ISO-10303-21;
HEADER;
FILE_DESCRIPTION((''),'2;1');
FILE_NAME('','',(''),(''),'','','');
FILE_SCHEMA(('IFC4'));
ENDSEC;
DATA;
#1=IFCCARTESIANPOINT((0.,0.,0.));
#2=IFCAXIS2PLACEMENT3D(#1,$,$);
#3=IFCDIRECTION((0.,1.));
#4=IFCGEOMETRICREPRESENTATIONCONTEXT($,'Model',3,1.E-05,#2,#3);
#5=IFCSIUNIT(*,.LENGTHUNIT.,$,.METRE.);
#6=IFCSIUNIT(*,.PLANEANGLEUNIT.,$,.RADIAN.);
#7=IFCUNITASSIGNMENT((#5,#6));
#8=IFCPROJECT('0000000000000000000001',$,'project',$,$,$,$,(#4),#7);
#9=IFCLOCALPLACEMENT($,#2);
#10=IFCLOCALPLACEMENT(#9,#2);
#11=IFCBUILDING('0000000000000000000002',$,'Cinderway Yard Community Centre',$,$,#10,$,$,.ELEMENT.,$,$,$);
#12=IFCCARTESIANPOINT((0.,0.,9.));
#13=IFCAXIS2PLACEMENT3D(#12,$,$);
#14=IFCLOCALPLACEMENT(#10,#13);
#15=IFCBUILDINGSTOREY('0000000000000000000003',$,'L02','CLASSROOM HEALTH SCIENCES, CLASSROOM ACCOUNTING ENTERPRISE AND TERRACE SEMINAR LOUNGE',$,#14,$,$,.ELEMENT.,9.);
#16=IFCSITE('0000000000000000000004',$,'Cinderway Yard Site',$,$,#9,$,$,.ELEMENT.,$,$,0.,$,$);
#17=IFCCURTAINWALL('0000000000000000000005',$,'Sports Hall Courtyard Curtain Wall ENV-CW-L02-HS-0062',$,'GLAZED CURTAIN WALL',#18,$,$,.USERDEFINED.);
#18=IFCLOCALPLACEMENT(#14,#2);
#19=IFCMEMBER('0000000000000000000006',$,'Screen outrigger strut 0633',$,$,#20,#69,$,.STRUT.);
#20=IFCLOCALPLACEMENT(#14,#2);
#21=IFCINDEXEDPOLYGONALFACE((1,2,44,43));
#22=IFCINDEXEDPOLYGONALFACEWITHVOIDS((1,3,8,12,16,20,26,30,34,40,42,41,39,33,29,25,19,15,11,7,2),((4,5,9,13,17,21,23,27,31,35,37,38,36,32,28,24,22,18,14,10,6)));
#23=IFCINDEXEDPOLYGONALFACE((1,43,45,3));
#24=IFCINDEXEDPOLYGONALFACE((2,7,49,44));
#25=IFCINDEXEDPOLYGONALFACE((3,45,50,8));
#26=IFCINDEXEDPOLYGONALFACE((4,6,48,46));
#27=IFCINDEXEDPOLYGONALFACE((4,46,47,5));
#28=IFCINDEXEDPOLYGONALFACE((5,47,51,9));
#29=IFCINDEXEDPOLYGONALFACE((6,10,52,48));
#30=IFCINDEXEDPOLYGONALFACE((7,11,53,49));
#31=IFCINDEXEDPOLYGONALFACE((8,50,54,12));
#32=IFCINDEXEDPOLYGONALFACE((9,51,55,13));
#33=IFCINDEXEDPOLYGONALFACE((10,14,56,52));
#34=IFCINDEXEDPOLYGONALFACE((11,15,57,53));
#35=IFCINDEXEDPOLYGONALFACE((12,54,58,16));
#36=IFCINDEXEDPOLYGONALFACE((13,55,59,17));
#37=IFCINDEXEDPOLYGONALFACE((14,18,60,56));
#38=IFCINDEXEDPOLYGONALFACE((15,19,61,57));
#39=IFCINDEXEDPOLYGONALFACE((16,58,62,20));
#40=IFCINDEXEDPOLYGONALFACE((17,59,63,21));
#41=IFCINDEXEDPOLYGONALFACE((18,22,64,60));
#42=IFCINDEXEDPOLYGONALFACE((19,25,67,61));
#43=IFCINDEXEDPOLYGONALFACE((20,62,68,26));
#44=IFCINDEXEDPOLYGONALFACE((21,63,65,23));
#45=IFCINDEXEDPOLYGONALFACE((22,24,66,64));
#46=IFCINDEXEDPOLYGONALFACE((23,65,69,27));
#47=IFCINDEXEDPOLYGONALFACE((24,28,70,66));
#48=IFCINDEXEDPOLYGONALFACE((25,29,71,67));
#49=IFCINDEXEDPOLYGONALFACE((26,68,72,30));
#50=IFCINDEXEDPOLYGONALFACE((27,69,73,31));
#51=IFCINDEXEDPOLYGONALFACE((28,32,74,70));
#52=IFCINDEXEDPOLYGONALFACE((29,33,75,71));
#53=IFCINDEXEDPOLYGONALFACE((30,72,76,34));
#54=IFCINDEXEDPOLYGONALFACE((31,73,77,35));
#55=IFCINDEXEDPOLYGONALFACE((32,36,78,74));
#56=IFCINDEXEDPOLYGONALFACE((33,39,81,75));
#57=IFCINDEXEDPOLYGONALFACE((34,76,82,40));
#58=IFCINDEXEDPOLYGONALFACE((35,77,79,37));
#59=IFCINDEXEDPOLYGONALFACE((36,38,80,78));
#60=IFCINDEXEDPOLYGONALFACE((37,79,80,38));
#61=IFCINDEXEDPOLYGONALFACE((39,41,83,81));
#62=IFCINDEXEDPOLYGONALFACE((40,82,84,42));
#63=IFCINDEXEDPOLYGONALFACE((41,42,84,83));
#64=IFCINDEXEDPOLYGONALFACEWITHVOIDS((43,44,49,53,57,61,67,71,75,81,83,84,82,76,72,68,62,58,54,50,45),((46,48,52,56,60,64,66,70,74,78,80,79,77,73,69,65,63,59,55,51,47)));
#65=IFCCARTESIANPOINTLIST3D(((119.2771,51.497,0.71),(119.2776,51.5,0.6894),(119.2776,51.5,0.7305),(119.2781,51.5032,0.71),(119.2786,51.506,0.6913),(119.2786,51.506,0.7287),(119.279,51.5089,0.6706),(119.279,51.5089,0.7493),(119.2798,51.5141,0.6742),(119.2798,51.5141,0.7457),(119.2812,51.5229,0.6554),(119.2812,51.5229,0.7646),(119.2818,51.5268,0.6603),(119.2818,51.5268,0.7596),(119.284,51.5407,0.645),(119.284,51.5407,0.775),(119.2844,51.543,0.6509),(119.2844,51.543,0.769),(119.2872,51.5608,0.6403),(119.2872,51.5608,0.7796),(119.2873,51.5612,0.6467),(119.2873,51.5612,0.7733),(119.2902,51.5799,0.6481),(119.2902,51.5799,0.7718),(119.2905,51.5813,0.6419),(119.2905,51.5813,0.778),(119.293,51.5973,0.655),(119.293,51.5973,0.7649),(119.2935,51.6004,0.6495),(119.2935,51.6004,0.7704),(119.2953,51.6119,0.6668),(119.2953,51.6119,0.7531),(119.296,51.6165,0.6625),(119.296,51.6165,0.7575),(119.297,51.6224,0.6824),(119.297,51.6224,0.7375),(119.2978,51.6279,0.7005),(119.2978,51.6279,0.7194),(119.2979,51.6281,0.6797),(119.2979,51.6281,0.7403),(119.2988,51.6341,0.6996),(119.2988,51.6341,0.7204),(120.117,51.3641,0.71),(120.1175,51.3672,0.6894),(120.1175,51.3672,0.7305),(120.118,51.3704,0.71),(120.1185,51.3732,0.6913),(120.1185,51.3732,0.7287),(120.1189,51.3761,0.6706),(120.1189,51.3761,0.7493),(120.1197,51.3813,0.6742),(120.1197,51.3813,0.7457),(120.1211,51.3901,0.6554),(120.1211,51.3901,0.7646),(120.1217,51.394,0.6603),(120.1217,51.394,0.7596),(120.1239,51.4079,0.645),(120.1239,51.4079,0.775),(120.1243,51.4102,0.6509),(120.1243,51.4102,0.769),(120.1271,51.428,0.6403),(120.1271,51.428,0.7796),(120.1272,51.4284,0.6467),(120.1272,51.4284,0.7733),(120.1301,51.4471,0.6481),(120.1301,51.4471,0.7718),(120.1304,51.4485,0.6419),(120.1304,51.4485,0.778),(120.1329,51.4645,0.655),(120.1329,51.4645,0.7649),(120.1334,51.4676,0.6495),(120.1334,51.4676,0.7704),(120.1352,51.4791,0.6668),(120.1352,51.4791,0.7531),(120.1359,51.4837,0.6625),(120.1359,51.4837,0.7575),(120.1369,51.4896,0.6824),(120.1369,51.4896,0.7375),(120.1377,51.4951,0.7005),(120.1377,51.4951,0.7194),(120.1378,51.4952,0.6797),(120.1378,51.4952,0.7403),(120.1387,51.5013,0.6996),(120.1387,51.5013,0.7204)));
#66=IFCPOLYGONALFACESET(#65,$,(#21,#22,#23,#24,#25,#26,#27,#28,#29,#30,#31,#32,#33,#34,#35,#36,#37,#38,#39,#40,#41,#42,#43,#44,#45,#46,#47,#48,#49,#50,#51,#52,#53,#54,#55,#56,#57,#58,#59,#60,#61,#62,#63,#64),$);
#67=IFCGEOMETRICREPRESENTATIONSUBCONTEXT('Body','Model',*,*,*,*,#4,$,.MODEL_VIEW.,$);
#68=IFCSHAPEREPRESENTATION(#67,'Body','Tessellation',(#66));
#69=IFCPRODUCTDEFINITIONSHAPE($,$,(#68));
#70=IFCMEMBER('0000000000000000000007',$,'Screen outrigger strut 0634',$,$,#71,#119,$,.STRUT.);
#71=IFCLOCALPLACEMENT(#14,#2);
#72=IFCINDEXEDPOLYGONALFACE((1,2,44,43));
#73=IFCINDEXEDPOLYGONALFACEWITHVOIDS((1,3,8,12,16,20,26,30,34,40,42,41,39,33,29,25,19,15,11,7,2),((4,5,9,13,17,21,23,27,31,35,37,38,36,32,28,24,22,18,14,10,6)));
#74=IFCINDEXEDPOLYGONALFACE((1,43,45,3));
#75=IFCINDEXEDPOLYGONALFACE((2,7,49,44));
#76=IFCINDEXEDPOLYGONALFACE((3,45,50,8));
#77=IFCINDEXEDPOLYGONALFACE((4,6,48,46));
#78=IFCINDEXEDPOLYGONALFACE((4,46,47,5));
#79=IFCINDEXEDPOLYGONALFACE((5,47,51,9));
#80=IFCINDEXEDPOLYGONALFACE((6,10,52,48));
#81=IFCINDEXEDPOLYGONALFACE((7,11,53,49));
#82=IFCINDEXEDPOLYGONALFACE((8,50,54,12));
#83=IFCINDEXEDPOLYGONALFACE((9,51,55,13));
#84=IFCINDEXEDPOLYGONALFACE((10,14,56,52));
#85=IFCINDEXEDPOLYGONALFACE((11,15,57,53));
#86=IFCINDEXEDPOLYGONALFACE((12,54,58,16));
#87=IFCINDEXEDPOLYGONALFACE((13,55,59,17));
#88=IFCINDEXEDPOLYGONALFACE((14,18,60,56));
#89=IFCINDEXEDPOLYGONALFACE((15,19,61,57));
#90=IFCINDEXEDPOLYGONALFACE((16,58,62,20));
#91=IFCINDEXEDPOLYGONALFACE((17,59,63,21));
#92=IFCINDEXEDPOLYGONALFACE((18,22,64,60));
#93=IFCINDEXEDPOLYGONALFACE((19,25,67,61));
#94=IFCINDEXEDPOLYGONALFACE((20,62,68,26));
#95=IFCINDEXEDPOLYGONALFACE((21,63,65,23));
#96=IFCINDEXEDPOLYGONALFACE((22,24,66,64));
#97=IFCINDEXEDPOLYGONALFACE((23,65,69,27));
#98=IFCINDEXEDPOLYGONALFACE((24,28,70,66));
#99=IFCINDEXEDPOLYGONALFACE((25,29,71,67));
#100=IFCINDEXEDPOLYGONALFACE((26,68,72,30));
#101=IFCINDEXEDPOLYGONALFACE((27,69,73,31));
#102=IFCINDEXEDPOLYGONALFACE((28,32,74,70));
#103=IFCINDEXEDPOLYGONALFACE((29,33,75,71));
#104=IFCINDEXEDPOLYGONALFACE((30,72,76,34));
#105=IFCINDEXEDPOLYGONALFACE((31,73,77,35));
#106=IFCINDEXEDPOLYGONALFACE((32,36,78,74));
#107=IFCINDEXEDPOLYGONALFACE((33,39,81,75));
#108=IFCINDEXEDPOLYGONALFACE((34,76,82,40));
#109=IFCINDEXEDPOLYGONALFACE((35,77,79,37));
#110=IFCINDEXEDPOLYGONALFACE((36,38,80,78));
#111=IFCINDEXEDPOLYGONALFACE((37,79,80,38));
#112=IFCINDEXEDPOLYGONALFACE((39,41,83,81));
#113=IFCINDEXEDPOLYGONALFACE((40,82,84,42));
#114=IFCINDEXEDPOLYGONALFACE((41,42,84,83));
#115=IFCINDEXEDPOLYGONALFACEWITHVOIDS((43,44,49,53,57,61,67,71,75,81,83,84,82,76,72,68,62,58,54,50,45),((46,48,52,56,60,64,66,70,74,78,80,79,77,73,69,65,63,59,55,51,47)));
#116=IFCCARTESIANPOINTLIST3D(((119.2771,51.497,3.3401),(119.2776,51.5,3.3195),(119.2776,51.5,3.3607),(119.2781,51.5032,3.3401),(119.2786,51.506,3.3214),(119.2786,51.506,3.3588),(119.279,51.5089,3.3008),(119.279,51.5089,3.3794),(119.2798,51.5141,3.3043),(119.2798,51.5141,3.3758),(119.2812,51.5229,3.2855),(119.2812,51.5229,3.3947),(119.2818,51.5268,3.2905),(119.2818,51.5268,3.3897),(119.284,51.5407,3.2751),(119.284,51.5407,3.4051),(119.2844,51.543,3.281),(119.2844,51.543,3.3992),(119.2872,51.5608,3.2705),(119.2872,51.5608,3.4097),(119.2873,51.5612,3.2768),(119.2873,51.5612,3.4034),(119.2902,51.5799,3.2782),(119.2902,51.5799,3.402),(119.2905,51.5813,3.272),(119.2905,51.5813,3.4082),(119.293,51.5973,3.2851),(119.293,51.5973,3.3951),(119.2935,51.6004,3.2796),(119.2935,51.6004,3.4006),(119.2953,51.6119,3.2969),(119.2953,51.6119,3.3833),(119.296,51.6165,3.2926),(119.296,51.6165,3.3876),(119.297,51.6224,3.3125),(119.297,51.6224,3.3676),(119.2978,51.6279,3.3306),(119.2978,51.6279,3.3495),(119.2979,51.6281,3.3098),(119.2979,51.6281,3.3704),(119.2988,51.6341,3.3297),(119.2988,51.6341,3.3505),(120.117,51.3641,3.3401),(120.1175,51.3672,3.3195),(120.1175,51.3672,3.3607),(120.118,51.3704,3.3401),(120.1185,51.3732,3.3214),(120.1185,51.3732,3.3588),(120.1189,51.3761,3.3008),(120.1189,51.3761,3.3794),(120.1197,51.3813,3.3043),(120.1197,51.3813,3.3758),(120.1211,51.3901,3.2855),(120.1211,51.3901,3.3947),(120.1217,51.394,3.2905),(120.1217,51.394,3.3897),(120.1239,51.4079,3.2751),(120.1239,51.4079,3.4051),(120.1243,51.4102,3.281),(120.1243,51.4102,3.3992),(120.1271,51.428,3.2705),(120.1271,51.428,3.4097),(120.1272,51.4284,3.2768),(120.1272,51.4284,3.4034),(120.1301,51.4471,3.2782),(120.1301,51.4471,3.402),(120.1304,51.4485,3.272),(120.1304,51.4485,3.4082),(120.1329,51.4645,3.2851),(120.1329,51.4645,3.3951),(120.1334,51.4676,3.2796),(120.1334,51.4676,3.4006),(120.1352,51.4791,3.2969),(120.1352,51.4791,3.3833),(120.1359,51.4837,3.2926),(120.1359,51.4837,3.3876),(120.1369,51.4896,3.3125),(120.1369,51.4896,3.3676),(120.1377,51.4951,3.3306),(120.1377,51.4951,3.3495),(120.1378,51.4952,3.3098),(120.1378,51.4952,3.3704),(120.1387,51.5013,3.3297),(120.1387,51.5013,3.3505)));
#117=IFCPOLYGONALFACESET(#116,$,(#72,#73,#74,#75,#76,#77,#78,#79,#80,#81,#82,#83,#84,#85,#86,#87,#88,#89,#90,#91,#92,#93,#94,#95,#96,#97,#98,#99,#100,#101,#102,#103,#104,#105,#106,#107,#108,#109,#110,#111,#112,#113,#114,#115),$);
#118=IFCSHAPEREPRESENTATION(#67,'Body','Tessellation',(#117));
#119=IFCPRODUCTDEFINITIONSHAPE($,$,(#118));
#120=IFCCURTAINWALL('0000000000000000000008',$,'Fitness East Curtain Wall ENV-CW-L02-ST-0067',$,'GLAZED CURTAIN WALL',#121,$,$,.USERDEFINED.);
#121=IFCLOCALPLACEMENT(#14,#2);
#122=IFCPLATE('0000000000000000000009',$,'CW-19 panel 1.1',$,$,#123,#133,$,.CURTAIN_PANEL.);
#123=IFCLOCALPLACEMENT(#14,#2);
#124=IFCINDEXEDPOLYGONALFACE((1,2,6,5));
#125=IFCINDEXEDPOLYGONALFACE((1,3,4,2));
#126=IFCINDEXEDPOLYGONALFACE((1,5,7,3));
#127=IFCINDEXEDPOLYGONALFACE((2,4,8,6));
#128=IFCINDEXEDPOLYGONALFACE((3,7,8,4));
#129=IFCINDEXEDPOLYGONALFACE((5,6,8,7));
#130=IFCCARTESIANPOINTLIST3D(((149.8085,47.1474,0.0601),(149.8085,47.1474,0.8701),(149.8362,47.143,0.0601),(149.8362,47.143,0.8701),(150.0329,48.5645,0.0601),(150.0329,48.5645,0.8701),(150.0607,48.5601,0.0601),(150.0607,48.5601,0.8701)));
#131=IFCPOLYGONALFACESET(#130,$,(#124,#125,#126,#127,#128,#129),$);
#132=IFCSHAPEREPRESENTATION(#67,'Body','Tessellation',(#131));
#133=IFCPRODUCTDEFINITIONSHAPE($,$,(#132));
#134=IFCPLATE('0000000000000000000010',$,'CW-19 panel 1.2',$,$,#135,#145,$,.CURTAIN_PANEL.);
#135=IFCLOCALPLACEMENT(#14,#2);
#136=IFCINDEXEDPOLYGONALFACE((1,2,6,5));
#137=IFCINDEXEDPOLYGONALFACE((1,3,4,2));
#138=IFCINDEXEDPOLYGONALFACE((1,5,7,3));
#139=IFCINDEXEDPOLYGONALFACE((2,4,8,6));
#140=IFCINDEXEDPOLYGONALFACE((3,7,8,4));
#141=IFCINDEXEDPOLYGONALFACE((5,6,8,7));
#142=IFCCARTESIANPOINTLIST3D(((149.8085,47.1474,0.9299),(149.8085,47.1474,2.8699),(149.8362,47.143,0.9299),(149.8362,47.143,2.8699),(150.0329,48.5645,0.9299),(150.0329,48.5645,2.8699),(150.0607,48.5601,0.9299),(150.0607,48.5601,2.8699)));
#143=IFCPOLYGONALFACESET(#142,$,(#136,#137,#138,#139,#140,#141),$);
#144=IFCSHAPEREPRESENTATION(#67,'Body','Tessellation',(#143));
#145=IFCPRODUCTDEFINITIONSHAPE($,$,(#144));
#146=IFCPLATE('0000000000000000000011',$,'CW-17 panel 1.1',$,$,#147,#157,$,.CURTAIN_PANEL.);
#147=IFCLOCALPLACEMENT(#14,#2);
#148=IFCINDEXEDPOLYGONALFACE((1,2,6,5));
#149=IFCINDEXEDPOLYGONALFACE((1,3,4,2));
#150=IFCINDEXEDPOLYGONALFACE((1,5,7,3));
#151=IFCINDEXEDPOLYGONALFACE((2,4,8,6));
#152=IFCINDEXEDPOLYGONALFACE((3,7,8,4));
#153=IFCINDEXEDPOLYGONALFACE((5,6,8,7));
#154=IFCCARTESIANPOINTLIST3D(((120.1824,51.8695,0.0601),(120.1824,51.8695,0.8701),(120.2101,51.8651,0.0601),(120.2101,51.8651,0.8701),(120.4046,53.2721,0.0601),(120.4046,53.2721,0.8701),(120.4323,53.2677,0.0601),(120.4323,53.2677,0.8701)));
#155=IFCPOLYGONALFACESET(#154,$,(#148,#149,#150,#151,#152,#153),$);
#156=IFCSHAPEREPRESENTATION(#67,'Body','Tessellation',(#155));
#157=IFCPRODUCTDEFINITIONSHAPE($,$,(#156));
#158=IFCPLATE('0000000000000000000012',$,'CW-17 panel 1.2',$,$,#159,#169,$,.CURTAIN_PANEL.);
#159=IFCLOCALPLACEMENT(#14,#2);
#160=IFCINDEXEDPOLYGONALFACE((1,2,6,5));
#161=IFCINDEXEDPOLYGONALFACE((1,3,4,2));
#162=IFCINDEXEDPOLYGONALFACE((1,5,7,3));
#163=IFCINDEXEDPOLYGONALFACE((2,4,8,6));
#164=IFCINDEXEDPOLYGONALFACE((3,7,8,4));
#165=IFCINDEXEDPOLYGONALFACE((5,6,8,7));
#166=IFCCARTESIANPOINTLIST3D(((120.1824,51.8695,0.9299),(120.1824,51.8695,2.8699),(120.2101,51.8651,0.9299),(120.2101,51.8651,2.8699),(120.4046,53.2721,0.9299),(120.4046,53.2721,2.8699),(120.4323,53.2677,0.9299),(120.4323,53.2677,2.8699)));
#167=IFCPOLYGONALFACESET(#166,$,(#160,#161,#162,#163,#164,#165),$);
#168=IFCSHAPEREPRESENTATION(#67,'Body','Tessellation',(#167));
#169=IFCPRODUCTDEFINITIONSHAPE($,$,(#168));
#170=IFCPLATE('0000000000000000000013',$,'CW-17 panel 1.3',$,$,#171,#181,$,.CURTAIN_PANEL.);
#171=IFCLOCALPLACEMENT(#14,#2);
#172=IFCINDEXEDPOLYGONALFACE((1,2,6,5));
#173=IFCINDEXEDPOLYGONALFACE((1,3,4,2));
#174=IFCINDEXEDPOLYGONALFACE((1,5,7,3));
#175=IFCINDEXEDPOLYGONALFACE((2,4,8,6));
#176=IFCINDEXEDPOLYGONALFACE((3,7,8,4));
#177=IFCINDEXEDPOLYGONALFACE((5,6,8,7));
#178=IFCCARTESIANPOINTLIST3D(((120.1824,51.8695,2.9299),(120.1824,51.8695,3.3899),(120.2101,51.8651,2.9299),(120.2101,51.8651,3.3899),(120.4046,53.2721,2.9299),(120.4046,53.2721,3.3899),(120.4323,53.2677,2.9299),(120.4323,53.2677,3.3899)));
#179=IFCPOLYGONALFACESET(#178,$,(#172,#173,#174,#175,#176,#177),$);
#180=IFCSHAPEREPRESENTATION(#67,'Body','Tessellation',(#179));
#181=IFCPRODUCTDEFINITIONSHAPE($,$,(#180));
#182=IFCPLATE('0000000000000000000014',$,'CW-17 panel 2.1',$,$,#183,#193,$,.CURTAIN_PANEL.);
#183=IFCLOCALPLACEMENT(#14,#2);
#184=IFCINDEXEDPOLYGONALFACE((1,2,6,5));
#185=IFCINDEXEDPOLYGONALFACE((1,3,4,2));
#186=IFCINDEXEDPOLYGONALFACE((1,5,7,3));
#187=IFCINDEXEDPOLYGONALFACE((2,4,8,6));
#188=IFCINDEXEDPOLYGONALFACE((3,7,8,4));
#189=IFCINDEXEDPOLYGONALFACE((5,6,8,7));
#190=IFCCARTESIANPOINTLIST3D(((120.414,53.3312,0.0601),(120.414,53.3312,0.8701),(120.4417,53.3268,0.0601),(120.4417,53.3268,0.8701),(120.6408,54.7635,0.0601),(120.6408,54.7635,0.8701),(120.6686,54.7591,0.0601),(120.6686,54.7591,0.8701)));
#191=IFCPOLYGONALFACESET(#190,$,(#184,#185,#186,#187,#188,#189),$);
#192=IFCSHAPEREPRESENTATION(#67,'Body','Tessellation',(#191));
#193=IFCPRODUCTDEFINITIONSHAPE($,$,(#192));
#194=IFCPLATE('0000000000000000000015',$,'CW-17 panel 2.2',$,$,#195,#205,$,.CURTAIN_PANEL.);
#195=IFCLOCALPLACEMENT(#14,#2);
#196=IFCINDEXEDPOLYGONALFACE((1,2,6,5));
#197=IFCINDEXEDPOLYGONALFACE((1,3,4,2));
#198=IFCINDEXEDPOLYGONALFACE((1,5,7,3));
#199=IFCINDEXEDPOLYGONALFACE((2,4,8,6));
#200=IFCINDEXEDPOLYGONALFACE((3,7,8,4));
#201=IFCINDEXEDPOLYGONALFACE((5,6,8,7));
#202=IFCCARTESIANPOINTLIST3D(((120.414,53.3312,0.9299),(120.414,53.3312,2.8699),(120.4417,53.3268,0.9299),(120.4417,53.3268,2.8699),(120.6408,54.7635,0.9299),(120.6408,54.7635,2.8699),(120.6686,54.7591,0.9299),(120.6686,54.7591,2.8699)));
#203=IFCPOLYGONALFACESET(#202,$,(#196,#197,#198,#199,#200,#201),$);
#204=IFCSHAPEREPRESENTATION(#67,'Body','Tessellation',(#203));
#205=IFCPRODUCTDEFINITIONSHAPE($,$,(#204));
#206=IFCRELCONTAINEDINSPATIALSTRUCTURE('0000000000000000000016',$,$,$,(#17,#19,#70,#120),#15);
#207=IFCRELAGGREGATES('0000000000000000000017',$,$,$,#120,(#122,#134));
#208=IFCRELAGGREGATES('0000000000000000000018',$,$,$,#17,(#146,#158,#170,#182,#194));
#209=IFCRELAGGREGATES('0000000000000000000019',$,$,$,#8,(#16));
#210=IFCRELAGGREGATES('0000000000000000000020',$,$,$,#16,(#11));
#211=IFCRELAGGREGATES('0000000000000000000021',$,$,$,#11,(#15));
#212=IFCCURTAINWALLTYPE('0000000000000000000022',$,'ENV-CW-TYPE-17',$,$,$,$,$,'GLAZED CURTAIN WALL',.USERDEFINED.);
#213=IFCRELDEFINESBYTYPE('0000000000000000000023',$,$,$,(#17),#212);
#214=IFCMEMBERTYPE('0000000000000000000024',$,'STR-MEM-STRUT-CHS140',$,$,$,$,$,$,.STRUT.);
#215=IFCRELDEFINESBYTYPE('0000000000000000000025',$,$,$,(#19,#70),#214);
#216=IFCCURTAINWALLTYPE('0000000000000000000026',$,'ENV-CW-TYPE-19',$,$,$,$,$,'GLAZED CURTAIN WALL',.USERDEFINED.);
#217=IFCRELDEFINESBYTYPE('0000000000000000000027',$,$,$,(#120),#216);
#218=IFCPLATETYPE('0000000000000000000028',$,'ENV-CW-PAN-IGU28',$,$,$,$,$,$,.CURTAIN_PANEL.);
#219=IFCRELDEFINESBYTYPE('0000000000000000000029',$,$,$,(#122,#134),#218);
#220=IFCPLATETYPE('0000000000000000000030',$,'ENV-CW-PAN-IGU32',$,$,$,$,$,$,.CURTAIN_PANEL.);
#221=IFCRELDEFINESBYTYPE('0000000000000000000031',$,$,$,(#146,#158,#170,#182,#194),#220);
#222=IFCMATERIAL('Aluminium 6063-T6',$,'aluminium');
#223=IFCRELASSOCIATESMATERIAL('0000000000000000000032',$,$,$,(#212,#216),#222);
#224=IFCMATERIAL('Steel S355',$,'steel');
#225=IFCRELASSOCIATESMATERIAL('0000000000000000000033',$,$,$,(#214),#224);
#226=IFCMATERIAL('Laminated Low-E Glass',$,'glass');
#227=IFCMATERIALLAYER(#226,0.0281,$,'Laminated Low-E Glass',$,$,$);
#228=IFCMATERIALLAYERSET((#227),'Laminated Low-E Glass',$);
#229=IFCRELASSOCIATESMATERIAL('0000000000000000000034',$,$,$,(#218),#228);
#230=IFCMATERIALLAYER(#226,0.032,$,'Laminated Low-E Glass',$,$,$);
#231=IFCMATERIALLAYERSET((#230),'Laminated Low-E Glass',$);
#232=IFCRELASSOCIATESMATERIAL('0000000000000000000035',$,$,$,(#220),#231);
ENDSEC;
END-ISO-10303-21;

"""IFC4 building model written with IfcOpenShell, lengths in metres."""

from ifc_helpers import new_model, si_unit, direction, frame, origin, origin_2d, place, context, subcontext, project, spatial, rectangle, hollow_circle, extrude, material, layer, layer_set, material_profile, profile_set, type_object, element, aggregate, save


model = new_model("IFC4")

# Units and contexts
model_context = context("Model", 3, precision=1e-05, world=origin(), true_north=direction((0.0, 1.0)))
body_context = subcontext(model_context, "Body", "Model", "MODEL_VIEW")
ifc_project = project(units=[si_unit("LENGTHUNIT", "METRE"), si_unit("PLANEANGLEUNIT", "RADIAN")], contexts=[model_context])

# Site, building, storey
site_placement = place(None, origin())
site = spatial("IfcSite", under=ifc_project, at=site_placement, Name="Cinderway Yard Site", CompositionType="ELEMENT", RefElevation=0.0)
building_placement = place(site_placement, origin())
building = spatial("IfcBuilding", under=site, at=building_placement, Name="Cinderway Yard Community Centre", CompositionType="ELEMENT")
storey_placement = place(building_placement, frame((0.0, 0.0, 9.0)))
storey = spatial("IfcBuildingStorey", under=building, at=storey_placement, Name="L02", Description="CLASSROOM HEALTH SCIENCES, CLASSROOM ACCOUNTING ENTERPRISE AND TERRACE SEMINAR LOUNGE", CompositionType="ELEMENT", Elevation=9.0)

# Shared definitions
ifc_material_1 = material(Name="Aluminium 6063-T6", Category="aluminium")
curtain_wall_type_1 = type_object("IfcCurtainWallType", Name="ENV-CW-TYPE-17", ElementType="GLAZED CURTAIN WALL", PredefinedType="USERDEFINED", material=ifc_material_1)

# Curtain wall
curtain_wall_1_placement = place(storey_placement, origin())
curtain_wall_1 = element("IfcCurtainWall", 1, at=curtain_wall_1_placement, inside=storey, type_object=curtain_wall_type_1, Name="Sports Hall Courtyard Curtain Wall ENV-CW-L02-HS-0062", ObjectType="GLAZED CURTAIN WALL", PredefinedType="USERDEFINED")

# Shared definitions
ifc_material_2 = material(Name="Steel S355", Category="steel")

# Members
ifc_material_profile_1 = material_profile(ifc_material_2, hollow_circle(Radius=0.0698, WallThickness=0.0063, at=origin_2d()), Name="Steel S355")
ifc_profile_set_1 = profile_set([ifc_material_profile_1], Name="Steel S355")
member_type_1 = type_object("IfcMemberType", Name="STR-MEM-STRUT-CHS140", PredefinedType="STRUT", material=ifc_profile_set_1)
for number, where, z_axis, x_axis, name in (
    (2, (120.1279, 51.4331, 0.71), (-0.987726, 0.156198, 0.0), (-0.156198, -0.987726, 0.0), "Screen outrigger strut 0633"),
    (3, (120.1279, 51.4331, 3.3401), (-0.987726, 0.156198, 0.0), (-0.156198, -0.987726, 0.0), "Screen outrigger strut 0634"),
):
    element("IfcMember", number, at=place(storey_placement, frame(where, z_axis=z_axis, x_axis=x_axis)), inside=storey, type_object=member_type_1, Name=name, PredefinedType="STRUT", context=body_context, shape_type="SweptSolid", body=[
        extrude(hollow_circle(Radius=0.0698, WallThickness=0.0063, at=origin_2d()), origin(), (0.0, 0.0, 1.0), 0.8503),
    ])

# Curtain wall, plates
curtain_wall_type_2 = type_object("IfcCurtainWallType", Name="ENV-CW-TYPE-19", ElementType="GLAZED CURTAIN WALL", PredefinedType="USERDEFINED", material=ifc_material_1)
curtain_wall_2_placement = place(storey_placement, origin())
curtain_wall_2 = element("IfcCurtainWall", 4, at=curtain_wall_2_placement, inside=storey, type_object=curtain_wall_type_2, Name="Fitness East Curtain Wall ENV-CW-L02-ST-0067", ObjectType="GLAZED CURTAIN WALL", PredefinedType="USERDEFINED")
ifc_material_3 = material(Name="Laminated Low-E Glass", Category="glass")
ifc_layer_1 = layer(ifc_material_3, 0.0281, Name="Laminated Low-E Glass")
ifc_layer_set_1 = layer_set([ifc_layer_1], Name="Laminated Low-E Glass")
plate_type_1 = type_object("IfcPlateType", Name="ENV-CW-PAN-IGU28", PredefinedType="CURTAIN_PANEL", material=ifc_layer_set_1)
plate_1_placement = place(storey_placement, frame((149.9346, 47.8538, 0.0601), z_axis=(0.0, 0.0, 1.0), x_axis=(0.156417, 0.987691, 0.0)))
plate_1 = element("IfcPlate", 5, at=plate_1_placement, type_object=plate_type_1, Name="CW-19 panel 1.1", PredefinedType="CURTAIN_PANEL", context=body_context, shape_type="SweptSolid", body=[
    extrude(rectangle(XDim=1.4348, YDim=0.0281, at=origin_2d()), origin(), (0.0, 0.0, 1.0), 0.8101),
])
plate_2_placement = place(storey_placement, frame((149.9346, 47.8538, 0.9299), z_axis=(0.0, 0.0, 1.0), x_axis=(0.156417, 0.987691, 0.0)))
plate_2 = element("IfcPlate", 6, at=plate_2_placement, type_object=plate_type_1, Name="CW-19 panel 1.2", PredefinedType="CURTAIN_PANEL", context=body_context, shape_type="SweptSolid", body=[
    extrude(rectangle(XDim=1.4348, YDim=0.0281, at=origin_2d()), origin(), (0.0, 0.0, 1.0), 1.9399),
])
aggregate(curtain_wall_2, [plate_1, plate_2])

# Plates
ifc_layer_2 = layer(ifc_material_3, 0.032, Name="Laminated Low-E Glass")
ifc_layer_set_2 = layer_set([ifc_layer_2], Name="Laminated Low-E Glass")
plate_type_2 = type_object("IfcPlateType", Name="ENV-CW-PAN-IGU32", PredefinedType="CURTAIN_PANEL", material=ifc_layer_set_2)
plate_3_placement = place(storey_placement, frame((120.3074, 52.5686, 0.0601), z_axis=(0.0, 0.0, 1.0), x_axis=(0.156447, 0.987686, 0.0)))
plate_3 = element("IfcPlate", 7, at=plate_3_placement, type_object=plate_type_2, Name="CW-17 panel 1.1", PredefinedType="CURTAIN_PANEL", context=body_context, shape_type="SweptSolid", body=[
    extrude(rectangle(XDim=1.4202, YDim=0.0281, at=origin_2d()), origin(), (0.0, 0.0, 1.0), 0.8101),
])
plate_4_placement = place(storey_placement, frame((120.3074, 52.5686, 0.9299), z_axis=(0.0, 0.0, 1.0), x_axis=(0.156447, 0.987686, 0.0)))
plate_4 = element("IfcPlate", 8, at=plate_4_placement, type_object=plate_type_2, Name="CW-17 panel 1.2", PredefinedType="CURTAIN_PANEL", context=body_context, shape_type="SweptSolid", body=[
    extrude(rectangle(XDim=1.4202, YDim=0.0281, at=origin_2d()), origin(), (0.0, 0.0, 1.0), 1.9399),
])
plate_5_placement = place(storey_placement, frame((120.3074, 52.5686, 2.9299), z_axis=(0.0, 0.0, 1.0), x_axis=(0.156447, 0.987686, 0.0)))
plate_5 = element("IfcPlate", 9, at=plate_5_placement, type_object=plate_type_2, Name="CW-17 panel 1.3", PredefinedType="CURTAIN_PANEL", context=body_context, shape_type="SweptSolid", body=[
    extrude(rectangle(XDim=1.4202, YDim=0.0281, at=origin_2d()), origin(), (0.0, 0.0, 1.0), 0.46),
])
plate_6_placement = place(storey_placement, frame((120.5413, 54.0452, 0.0601), z_axis=(0.0, 0.0, 1.0), x_axis=(0.156447, 0.987686, 0.0)))
plate_6 = element("IfcPlate", 10, at=plate_6_placement, type_object=plate_type_2, Name="CW-17 panel 2.1", PredefinedType="CURTAIN_PANEL", context=body_context, shape_type="SweptSolid", body=[
    extrude(rectangle(XDim=1.4502, YDim=0.0281, at=origin_2d()), origin(), (0.0, 0.0, 1.0), 0.8101),
])
plate_7_placement = place(storey_placement, frame((120.5413, 54.0452, 0.9299), z_axis=(0.0, 0.0, 1.0), x_axis=(0.156447, 0.987686, 0.0)))
plate_7 = element("IfcPlate", 11, at=plate_7_placement, type_object=plate_type_2, Name="CW-17 panel 2.2", PredefinedType="CURTAIN_PANEL", context=body_context, shape_type="SweptSolid", body=[
    extrude(rectangle(XDim=1.4502, YDim=0.0281, at=origin_2d()), origin(), (0.0, 0.0, 1.0), 1.9399),
])
aggregate(curtain_wall_1, [plate_3, plate_4, plate_5, plate_6, plate_7])

save(model, "model.ifc")
